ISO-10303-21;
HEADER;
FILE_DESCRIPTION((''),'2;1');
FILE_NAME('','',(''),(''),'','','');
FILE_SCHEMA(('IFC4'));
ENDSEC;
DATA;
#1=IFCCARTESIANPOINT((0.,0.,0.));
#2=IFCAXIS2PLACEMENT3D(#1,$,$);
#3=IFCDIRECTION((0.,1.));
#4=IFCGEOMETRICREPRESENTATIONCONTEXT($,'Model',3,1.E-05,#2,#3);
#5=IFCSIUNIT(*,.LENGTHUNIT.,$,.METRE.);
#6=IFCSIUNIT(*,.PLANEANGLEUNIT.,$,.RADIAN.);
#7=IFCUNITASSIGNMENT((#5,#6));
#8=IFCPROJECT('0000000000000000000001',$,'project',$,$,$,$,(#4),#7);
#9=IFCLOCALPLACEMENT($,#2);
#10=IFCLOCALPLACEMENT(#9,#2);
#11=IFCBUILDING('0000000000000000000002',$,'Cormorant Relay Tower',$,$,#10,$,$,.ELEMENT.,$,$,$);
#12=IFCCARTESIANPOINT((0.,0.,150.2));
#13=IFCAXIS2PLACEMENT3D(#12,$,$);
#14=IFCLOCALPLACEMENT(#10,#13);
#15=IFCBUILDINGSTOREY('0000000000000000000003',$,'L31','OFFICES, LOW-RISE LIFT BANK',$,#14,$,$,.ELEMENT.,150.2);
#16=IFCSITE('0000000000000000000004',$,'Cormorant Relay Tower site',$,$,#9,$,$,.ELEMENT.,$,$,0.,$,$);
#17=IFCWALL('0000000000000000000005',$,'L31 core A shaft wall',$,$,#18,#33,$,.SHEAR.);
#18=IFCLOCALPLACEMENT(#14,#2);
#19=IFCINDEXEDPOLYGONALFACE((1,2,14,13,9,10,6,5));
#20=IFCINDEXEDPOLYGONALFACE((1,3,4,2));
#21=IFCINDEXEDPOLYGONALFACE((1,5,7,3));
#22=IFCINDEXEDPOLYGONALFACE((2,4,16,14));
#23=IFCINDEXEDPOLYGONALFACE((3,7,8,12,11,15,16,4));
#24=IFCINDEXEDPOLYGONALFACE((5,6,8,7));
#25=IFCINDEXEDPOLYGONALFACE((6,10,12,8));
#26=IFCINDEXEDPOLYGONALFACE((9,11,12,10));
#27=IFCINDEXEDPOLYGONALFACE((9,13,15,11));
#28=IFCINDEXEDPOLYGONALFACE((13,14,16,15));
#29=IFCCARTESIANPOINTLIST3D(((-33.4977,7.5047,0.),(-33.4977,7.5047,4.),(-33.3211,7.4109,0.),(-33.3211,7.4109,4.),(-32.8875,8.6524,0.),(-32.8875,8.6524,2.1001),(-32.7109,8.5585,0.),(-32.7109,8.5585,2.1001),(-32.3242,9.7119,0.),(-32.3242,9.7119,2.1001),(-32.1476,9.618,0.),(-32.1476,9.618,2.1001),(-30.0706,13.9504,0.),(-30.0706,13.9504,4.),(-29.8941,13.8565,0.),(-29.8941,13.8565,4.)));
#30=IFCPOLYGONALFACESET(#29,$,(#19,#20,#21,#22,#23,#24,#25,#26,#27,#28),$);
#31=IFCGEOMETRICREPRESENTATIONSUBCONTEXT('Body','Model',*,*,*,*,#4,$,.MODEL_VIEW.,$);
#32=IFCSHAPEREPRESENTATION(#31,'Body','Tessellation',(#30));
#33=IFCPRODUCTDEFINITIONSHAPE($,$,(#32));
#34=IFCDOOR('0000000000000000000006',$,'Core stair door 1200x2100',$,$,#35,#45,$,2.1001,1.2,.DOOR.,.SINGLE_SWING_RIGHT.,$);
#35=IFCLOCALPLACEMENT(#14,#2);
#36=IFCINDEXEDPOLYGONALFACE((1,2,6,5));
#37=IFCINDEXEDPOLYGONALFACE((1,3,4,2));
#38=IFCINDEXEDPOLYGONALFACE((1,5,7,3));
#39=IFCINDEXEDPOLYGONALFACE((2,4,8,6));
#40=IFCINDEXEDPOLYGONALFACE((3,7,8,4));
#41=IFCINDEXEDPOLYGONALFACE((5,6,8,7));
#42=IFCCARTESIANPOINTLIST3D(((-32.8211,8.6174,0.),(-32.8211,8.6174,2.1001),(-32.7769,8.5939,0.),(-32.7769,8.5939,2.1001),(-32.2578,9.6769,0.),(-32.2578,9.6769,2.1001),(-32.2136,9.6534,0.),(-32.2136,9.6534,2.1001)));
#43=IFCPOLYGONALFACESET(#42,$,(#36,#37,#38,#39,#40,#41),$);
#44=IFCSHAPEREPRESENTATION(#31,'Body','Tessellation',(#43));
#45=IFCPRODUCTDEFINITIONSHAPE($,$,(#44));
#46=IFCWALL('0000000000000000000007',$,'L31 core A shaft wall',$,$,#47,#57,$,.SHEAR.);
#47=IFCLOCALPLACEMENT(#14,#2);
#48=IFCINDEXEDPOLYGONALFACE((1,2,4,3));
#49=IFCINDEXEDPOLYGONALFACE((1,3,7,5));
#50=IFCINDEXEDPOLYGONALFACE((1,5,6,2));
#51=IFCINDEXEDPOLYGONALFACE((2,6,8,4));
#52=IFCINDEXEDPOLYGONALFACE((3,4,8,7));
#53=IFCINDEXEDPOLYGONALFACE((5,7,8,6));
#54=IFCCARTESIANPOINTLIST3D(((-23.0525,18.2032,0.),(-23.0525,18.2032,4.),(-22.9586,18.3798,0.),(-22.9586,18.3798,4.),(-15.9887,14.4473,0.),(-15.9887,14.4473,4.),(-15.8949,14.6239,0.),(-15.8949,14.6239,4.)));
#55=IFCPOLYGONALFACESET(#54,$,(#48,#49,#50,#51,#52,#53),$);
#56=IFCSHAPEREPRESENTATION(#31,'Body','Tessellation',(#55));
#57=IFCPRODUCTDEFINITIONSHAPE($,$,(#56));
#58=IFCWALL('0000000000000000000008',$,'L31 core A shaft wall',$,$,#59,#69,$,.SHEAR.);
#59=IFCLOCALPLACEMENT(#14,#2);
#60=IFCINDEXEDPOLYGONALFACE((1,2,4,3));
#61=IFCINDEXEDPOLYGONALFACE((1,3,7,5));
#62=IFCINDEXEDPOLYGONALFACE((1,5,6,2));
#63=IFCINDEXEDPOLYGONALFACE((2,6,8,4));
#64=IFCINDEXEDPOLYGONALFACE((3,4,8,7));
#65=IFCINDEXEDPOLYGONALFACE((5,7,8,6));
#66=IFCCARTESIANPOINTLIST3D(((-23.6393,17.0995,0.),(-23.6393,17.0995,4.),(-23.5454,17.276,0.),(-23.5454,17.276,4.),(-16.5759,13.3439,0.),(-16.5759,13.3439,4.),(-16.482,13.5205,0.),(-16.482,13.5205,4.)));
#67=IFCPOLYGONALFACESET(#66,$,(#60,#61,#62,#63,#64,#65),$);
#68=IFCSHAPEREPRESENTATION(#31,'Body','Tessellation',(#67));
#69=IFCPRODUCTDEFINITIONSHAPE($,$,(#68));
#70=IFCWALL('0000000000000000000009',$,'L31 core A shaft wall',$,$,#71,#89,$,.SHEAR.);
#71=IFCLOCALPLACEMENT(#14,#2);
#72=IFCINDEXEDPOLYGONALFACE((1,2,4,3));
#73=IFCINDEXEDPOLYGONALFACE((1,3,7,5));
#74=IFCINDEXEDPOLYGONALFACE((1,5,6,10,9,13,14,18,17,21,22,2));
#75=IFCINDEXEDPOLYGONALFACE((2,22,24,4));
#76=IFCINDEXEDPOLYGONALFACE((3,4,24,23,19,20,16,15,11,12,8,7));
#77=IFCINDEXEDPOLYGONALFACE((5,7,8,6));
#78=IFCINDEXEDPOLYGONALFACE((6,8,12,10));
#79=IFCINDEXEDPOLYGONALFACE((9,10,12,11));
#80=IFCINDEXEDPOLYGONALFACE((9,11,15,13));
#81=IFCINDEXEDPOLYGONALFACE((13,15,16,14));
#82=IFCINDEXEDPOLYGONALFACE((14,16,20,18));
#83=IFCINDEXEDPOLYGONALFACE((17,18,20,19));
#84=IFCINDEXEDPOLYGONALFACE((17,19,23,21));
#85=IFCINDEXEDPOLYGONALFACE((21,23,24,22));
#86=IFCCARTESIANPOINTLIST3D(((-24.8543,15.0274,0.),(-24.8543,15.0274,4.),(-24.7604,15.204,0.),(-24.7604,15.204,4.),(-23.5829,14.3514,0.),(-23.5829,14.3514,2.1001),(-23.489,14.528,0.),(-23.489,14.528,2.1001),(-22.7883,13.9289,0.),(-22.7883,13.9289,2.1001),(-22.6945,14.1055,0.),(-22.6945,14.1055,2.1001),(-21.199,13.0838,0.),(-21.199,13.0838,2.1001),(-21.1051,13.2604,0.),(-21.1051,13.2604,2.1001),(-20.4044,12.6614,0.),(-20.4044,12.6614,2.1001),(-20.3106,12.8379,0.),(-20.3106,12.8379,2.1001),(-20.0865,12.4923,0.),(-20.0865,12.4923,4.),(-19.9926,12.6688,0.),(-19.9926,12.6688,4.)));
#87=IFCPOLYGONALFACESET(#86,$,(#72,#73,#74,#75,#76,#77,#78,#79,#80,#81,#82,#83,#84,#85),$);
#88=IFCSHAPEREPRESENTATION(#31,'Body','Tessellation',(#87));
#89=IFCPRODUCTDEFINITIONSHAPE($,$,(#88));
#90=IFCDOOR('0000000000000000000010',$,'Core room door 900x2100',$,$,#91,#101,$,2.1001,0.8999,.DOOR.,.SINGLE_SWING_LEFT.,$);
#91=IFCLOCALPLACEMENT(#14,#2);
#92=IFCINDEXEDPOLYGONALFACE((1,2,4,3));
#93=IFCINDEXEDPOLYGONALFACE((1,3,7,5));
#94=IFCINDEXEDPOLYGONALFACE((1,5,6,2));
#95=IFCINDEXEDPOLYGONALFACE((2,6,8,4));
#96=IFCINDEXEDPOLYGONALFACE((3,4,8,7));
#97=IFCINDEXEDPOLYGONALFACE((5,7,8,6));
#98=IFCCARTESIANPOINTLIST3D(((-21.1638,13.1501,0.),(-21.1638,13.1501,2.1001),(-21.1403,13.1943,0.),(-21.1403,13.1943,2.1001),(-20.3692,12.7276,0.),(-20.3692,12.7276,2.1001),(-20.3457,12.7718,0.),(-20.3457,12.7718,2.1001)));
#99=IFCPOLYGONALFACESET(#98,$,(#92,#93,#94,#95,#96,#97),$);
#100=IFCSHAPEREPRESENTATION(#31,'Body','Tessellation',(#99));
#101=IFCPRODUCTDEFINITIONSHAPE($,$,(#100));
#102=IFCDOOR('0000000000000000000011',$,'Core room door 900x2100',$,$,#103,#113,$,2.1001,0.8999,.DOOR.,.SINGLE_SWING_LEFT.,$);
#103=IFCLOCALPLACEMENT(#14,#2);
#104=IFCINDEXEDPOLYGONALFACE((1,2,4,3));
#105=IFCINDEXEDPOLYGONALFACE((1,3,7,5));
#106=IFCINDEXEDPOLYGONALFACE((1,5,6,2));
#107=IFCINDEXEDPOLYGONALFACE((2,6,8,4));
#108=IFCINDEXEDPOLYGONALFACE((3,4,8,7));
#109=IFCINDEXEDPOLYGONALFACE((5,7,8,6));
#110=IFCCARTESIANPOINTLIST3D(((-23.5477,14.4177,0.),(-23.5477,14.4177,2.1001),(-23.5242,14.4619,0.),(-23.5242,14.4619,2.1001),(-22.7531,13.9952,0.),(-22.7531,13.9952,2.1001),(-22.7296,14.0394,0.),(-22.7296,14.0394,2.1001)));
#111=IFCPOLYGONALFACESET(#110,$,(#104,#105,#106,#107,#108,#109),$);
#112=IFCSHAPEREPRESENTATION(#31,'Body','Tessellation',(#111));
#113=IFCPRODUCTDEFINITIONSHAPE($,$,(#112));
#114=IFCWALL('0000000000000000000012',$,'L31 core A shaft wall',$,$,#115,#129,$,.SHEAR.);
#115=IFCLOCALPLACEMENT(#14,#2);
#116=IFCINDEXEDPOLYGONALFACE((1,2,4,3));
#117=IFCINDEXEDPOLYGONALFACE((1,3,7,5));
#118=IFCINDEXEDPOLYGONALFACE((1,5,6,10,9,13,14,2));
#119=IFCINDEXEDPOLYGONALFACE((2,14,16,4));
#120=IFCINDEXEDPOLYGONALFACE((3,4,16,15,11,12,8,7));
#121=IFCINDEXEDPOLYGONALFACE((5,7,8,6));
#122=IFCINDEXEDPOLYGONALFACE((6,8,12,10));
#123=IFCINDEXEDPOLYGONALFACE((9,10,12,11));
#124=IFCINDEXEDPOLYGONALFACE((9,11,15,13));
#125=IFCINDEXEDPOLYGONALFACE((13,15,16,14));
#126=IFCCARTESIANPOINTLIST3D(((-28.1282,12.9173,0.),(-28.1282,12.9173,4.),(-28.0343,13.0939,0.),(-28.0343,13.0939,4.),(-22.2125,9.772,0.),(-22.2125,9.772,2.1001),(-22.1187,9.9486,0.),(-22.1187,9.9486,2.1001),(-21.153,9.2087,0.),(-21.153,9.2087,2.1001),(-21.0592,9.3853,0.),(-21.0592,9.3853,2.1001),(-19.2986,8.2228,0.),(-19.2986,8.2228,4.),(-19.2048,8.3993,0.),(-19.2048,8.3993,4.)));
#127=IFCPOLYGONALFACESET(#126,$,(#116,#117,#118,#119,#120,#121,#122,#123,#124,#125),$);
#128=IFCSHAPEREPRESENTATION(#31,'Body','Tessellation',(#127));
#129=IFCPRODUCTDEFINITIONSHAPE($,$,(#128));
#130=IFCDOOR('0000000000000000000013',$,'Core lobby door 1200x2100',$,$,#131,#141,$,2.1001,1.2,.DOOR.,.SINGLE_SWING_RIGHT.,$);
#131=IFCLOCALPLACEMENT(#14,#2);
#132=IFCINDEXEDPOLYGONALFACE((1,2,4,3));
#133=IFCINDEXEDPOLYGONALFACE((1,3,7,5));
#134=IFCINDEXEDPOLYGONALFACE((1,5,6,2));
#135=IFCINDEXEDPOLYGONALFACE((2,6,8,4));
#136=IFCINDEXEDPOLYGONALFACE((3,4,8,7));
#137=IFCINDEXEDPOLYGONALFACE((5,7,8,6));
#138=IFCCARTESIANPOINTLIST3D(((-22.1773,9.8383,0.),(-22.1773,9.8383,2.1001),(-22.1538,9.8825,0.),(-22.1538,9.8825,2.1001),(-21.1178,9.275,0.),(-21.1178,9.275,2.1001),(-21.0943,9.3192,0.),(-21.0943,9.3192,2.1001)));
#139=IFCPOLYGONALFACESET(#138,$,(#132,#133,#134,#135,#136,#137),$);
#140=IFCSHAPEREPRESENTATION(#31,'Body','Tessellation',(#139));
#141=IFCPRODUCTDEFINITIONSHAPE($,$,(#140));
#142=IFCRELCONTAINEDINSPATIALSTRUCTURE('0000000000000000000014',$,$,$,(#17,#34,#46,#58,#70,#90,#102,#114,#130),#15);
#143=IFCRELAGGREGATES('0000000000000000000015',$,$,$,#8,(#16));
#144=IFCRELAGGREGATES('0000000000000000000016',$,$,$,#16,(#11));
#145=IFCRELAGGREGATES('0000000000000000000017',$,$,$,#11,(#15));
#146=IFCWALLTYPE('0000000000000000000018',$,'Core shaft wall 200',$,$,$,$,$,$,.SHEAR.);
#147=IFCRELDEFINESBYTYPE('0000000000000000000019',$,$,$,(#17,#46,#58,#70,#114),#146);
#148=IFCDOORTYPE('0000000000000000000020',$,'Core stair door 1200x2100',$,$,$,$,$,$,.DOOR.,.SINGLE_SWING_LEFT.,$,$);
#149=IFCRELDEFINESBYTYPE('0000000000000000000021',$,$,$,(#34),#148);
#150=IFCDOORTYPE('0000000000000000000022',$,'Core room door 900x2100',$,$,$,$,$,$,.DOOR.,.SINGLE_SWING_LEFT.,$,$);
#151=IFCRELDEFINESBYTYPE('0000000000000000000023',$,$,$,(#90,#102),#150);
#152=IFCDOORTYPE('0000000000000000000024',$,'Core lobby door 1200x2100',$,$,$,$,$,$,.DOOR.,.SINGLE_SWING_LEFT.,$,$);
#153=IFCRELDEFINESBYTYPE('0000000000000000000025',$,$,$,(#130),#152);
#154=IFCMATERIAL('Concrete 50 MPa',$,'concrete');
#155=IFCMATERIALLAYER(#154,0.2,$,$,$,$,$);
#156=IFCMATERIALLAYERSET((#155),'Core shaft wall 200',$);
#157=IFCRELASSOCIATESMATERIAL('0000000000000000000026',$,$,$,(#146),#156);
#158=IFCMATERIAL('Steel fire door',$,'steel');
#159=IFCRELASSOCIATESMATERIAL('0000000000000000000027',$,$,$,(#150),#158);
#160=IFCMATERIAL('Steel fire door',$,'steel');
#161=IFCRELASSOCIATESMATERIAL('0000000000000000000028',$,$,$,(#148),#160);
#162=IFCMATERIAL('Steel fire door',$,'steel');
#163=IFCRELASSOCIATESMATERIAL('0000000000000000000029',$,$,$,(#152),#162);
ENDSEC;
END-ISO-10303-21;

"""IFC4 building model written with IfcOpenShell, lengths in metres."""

from ifc_helpers import new_model, si_unit, direction, frame, frame_2d, origin, place, context, subcontext, project, spatial, rectangle, extrude, material, layer, layer_set, type_object, element, fill, save


model = new_model("IFC4")

# Units and contexts
model_context = context("Model", 3, precision=1e-05, world=origin(), true_north=direction((0.0, 1.0)))
body_context = subcontext(model_context, "Body", "Model", "MODEL_VIEW")
ifc_project = project(units=[si_unit("LENGTHUNIT", "METRE"), si_unit("PLANEANGLEUNIT", "RADIAN")], contexts=[model_context])

# Site, building, storey
site_placement = place(None, origin())
site = spatial("IfcSite", under=ifc_project, at=site_placement, Name="Cormorant Relay Tower site", CompositionType="ELEMENT", RefElevation=0.0)
building_placement = place(site_placement, origin())
building = spatial("IfcBuilding", under=site, at=building_placement, Name="Cormorant Relay Tower", CompositionType="ELEMENT")
storey_placement = place(building_placement, frame((0.0, 0.0, 150.2)))
storey = spatial("IfcBuildingStorey", under=building, at=storey_placement, Name="L31", Description="OFFICES, LOW-RISE LIFT BANK", CompositionType="ELEMENT", Elevation=150.2)

# Shared definitions
ifc_material_1 = material(Name="Concrete 50 MPa", Category="concrete")
ifc_layer_1 = layer(ifc_material_1, 0.2)
ifc_layer_set_1 = layer_set([ifc_layer_1], Name="Core shaft wall 200")
wall_type_1 = type_object("IfcWallType", Name="Core shaft wall 200", PredefinedType="SHEAR", material=ifc_layer_set_1)

# Shared definitions
ifc_material_2 = material(Name="Steel fire door", Category="steel")
door_type_1 = type_object("IfcDoorType", Name="Core room door 900x2100", OperationType="SINGLE_SWING_LEFT", PredefinedType="DOOR", material=ifc_material_2)

# Wall, opening, door
wall_1_placement = place(storey_placement, frame((-29.9824, 13.9033, 0.0), z_axis=(0.0, 0.0, 1.0), x_axis=(-0.469454, -0.882957, 0.0)))
wall_1 = element("IfcWall", 1, at=wall_1_placement, inside=storey, type_object=wall_type_1, Name="L31 core A shaft wall", PredefinedType="SHEAR", context=body_context, shape_type="SweptSolid", body=[
    extrude(rectangle(XDim=7.3, YDim=0.2, at=frame_2d((3.6499, 0.0))), origin(), (0.0, 0.0, 1.0), 4.0),
])
opening_1_placement = place(wall_1_placement, frame((4.8, 0.0, 0.0)))
opening_1 = element("IfcOpeningElement", 2, at=opening_1_placement, cuts=wall_1, PredefinedType="OPENING", context=body_context, shape_type="SweptSolid", body=[
    extrude(rectangle(XDim=1.2, YDim=2.1001, at=frame_2d((0.6001, 1.05))), frame((0.0, 0.1099, 0.0), z_axis=(0.0, -1.0, 0.0), x_axis=(1.0, 0.0, 0.0)), (0.0, 0.0, 1.0), 0.22),
])
ifc_material_3 = material(Name="Steel fire door", Category="steel")
door_type_2 = type_object("IfcDoorType", Name="Core stair door 1200x2100", OperationType="SINGLE_SWING_LEFT", PredefinedType="DOOR", material=ifc_material_3)
door_1_placement = place(opening_1_placement, frame((1.2, 0.0, 0.0), z_axis=(0.0, 0.0, 1.0), x_axis=(-1.0, 0.0, 0.0)))
door_1 = element("IfcDoor", 3, at=door_1_placement, inside=storey, type_object=door_type_2, Name="Core stair door 1200x2100", OperationType="SINGLE_SWING_RIGHT", OverallHeight=2.1001, OverallWidth=1.2, PredefinedType="DOOR", context=body_context, shape_type="SweptSolid", body=[
    extrude(rectangle(XDim=1.2, YDim=2.1001, at=frame_2d((0.6001, 1.05))), frame((0.0, 0.0249, 0.0), z_axis=(0.0, -1.0, 0.0), x_axis=(1.0, 0.0, 0.0)), (0.0, 0.0, 1.0), 0.05),
])
fill(opening_1, door_1)

# Walls
wall_2_placement = place(storey_placement, frame((-15.9419, 14.5356, 0.0), z_axis=(0.0, 0.0, 1.0), x_axis=(-0.882947, 0.469473, 0.0)))
element("IfcWall", 4, at=wall_2_placement, inside=storey, type_object=wall_type_1, Name="L31 core A shaft wall", PredefinedType="SHEAR", context=body_context, shape_type="SweptSolid", body=[
    extrude(rectangle(XDim=8.0002, YDim=0.2, at=frame_2d((4.0, 0.0))), origin(), (0.0, 0.0, 1.0), 4.0),
])
wall_3_placement = place(storey_placement, frame((-16.5288, 13.4321, 0.0), z_axis=(0.0, 0.0, 1.0), x_axis=(-0.882953, 0.469462, 0.0)))
element("IfcWall", 5, at=wall_3_placement, inside=storey, type_object=wall_type_1, Name="L31 core A shaft wall", PredefinedType="SHEAR", context=body_context, shape_type="SweptSolid", body=[
    extrude(rectangle(XDim=7.9998, YDim=0.2, at=frame_2d((4.0, 0.0))), origin(), (0.0, 0.0, 1.0), 4.0),
])

# Wall, openings, doors
wall_4_placement = place(storey_placement, frame((-20.0396, 12.5806, 0.0), z_axis=(0.0, 0.0, 1.0), x_axis=(-0.882943, 0.46948, 0.0)))
wall_4 = element("IfcWall", 6, at=wall_4_placement, inside=storey, type_object=wall_type_1, Name="L31 core A shaft wall", PredefinedType="SHEAR", context=body_context, shape_type="SweptSolid", body=[
    extrude(rectangle(XDim=5.3999, YDim=0.2, at=frame_2d((2.7, 0.0))), origin(), (0.0, 0.0, 1.0), 4.0),
])
opening_2_placement = place(wall_4_placement, frame((0.3601, 0.0, 0.0)))
opening_2 = element("IfcOpeningElement", 7, at=opening_2_placement, cuts=wall_4, PredefinedType="OPENING", context=body_context, shape_type="SweptSolid", body=[
    extrude(rectangle(XDim=0.8999, YDim=2.1001, at=frame_2d((0.45, 1.05))), frame((0.0, 0.1099, 0.0), z_axis=(0.0, -1.0, 0.0), x_axis=(1.0, 0.0, 0.0)), (0.0, 0.0, 1.0), 0.22),
])
opening_3_placement = place(wall_4_placement, frame((3.0601, 0.0, 0.0)))
opening_3 = element("IfcOpeningElement", 8, at=opening_3_placement, cuts=wall_4, PredefinedType="OPENING", context=body_context, shape_type="SweptSolid", body=[
    extrude(rectangle(XDim=0.8999, YDim=2.1001, at=frame_2d((0.45, 1.05))), frame((0.0, 0.1099, 0.0), z_axis=(0.0, -1.0, 0.0), x_axis=(1.0, 0.0, 0.0)), (0.0, 0.0, 1.0), 0.22),
])
door_2_placement = place(opening_2_placement, origin())
door_2 = element("IfcDoor", 9, at=door_2_placement, inside=storey, type_object=door_type_1, Name="Core room door 900x2100", OperationType="SINGLE_SWING_LEFT", OverallHeight=2.1001, OverallWidth=0.8999, PredefinedType="DOOR", context=body_context, shape_type="SweptSolid", body=[
    extrude(rectangle(XDim=0.8999, YDim=2.1001, at=frame_2d((0.45, 1.05))), frame((0.0, 0.0249, 0.0), z_axis=(0.0, -1.0, 0.0), x_axis=(1.0, 0.0, 0.0)), (0.0, 0.0, 1.0), 0.05),
])
fill(opening_2, door_2)
door_3_placement = place(opening_3_placement, origin())
door_3 = element("IfcDoor", 10, at=door_3_placement, inside=storey, type_object=door_type_1, Name="Core room door 900x2100", OperationType="SINGLE_SWING_LEFT", OverallHeight=2.1001, OverallWidth=0.8999, PredefinedType="DOOR", context=body_context, shape_type="SweptSolid", body=[
    extrude(rectangle(XDim=0.8999, YDim=2.1001, at=frame_2d((0.45, 1.05))), frame((0.0, 0.0249, 0.0), z_axis=(0.0, -1.0, 0.0), x_axis=(1.0, 0.0, 0.0)), (0.0, 0.0, 1.0), 0.05),
])
fill(opening_3, door_3)

# Wall, opening, door
wall_5_placement = place(storey_placement, frame((-19.2517, 8.311, 0.0), z_axis=(0.0, 0.0, 1.0), x_axis=(-0.882956, 0.469456, 0.0)))
wall_5 = element("IfcWall", 11, at=wall_5_placement, inside=storey, type_object=wall_type_1, Name="L31 core A shaft wall", PredefinedType="SHEAR", context=body_context, shape_type="SweptSolid", body=[
    extrude(rectangle(XDim=10.0, YDim=0.2, at=frame_2d((5.0, 0.0))), origin(), (0.0, 0.0, 1.0), 4.0),
])
opening_4_placement = place(wall_5_placement, frame((2.1001, 0.0, 0.0)))
opening_4 = element("IfcOpeningElement", 12, at=opening_4_placement, cuts=wall_5, PredefinedType="OPENING", context=body_context, shape_type="SweptSolid", body=[
    extrude(rectangle(XDim=1.2, YDim=2.1001, at=frame_2d((0.6001, 1.05))), frame((0.0, 0.1099, 0.0), z_axis=(0.0, -1.0, 0.0), x_axis=(1.0, 0.0, 0.0)), (0.0, 0.0, 1.0), 0.22),
])
ifc_material_4 = material(Name="Steel fire door", Category="steel")
door_type_3 = type_object("IfcDoorType", Name="Core lobby door 1200x2100", OperationType="SINGLE_SWING_LEFT", PredefinedType="DOOR", material=ifc_material_4)
door_4_placement = place(opening_4_placement, origin())
door_4 = element("IfcDoor", 13, at=door_4_placement, inside=storey, type_object=door_type_3, Name="Core lobby door 1200x2100", OperationType="SINGLE_SWING_RIGHT", OverallHeight=2.1001, OverallWidth=1.2, PredefinedType="DOOR", context=body_context, shape_type="SweptSolid", body=[
    extrude(rectangle(XDim=1.2, YDim=2.1001, at=frame_2d((0.6001, 1.05))), frame((0.0, 0.0249, 0.0), z_axis=(0.0, -1.0, 0.0), x_axis=(1.0, 0.0, 0.0)), (0.0, 0.0, 1.0), 0.05),
])
fill(opening_4, door_4)

save(model, "model.ifc")
